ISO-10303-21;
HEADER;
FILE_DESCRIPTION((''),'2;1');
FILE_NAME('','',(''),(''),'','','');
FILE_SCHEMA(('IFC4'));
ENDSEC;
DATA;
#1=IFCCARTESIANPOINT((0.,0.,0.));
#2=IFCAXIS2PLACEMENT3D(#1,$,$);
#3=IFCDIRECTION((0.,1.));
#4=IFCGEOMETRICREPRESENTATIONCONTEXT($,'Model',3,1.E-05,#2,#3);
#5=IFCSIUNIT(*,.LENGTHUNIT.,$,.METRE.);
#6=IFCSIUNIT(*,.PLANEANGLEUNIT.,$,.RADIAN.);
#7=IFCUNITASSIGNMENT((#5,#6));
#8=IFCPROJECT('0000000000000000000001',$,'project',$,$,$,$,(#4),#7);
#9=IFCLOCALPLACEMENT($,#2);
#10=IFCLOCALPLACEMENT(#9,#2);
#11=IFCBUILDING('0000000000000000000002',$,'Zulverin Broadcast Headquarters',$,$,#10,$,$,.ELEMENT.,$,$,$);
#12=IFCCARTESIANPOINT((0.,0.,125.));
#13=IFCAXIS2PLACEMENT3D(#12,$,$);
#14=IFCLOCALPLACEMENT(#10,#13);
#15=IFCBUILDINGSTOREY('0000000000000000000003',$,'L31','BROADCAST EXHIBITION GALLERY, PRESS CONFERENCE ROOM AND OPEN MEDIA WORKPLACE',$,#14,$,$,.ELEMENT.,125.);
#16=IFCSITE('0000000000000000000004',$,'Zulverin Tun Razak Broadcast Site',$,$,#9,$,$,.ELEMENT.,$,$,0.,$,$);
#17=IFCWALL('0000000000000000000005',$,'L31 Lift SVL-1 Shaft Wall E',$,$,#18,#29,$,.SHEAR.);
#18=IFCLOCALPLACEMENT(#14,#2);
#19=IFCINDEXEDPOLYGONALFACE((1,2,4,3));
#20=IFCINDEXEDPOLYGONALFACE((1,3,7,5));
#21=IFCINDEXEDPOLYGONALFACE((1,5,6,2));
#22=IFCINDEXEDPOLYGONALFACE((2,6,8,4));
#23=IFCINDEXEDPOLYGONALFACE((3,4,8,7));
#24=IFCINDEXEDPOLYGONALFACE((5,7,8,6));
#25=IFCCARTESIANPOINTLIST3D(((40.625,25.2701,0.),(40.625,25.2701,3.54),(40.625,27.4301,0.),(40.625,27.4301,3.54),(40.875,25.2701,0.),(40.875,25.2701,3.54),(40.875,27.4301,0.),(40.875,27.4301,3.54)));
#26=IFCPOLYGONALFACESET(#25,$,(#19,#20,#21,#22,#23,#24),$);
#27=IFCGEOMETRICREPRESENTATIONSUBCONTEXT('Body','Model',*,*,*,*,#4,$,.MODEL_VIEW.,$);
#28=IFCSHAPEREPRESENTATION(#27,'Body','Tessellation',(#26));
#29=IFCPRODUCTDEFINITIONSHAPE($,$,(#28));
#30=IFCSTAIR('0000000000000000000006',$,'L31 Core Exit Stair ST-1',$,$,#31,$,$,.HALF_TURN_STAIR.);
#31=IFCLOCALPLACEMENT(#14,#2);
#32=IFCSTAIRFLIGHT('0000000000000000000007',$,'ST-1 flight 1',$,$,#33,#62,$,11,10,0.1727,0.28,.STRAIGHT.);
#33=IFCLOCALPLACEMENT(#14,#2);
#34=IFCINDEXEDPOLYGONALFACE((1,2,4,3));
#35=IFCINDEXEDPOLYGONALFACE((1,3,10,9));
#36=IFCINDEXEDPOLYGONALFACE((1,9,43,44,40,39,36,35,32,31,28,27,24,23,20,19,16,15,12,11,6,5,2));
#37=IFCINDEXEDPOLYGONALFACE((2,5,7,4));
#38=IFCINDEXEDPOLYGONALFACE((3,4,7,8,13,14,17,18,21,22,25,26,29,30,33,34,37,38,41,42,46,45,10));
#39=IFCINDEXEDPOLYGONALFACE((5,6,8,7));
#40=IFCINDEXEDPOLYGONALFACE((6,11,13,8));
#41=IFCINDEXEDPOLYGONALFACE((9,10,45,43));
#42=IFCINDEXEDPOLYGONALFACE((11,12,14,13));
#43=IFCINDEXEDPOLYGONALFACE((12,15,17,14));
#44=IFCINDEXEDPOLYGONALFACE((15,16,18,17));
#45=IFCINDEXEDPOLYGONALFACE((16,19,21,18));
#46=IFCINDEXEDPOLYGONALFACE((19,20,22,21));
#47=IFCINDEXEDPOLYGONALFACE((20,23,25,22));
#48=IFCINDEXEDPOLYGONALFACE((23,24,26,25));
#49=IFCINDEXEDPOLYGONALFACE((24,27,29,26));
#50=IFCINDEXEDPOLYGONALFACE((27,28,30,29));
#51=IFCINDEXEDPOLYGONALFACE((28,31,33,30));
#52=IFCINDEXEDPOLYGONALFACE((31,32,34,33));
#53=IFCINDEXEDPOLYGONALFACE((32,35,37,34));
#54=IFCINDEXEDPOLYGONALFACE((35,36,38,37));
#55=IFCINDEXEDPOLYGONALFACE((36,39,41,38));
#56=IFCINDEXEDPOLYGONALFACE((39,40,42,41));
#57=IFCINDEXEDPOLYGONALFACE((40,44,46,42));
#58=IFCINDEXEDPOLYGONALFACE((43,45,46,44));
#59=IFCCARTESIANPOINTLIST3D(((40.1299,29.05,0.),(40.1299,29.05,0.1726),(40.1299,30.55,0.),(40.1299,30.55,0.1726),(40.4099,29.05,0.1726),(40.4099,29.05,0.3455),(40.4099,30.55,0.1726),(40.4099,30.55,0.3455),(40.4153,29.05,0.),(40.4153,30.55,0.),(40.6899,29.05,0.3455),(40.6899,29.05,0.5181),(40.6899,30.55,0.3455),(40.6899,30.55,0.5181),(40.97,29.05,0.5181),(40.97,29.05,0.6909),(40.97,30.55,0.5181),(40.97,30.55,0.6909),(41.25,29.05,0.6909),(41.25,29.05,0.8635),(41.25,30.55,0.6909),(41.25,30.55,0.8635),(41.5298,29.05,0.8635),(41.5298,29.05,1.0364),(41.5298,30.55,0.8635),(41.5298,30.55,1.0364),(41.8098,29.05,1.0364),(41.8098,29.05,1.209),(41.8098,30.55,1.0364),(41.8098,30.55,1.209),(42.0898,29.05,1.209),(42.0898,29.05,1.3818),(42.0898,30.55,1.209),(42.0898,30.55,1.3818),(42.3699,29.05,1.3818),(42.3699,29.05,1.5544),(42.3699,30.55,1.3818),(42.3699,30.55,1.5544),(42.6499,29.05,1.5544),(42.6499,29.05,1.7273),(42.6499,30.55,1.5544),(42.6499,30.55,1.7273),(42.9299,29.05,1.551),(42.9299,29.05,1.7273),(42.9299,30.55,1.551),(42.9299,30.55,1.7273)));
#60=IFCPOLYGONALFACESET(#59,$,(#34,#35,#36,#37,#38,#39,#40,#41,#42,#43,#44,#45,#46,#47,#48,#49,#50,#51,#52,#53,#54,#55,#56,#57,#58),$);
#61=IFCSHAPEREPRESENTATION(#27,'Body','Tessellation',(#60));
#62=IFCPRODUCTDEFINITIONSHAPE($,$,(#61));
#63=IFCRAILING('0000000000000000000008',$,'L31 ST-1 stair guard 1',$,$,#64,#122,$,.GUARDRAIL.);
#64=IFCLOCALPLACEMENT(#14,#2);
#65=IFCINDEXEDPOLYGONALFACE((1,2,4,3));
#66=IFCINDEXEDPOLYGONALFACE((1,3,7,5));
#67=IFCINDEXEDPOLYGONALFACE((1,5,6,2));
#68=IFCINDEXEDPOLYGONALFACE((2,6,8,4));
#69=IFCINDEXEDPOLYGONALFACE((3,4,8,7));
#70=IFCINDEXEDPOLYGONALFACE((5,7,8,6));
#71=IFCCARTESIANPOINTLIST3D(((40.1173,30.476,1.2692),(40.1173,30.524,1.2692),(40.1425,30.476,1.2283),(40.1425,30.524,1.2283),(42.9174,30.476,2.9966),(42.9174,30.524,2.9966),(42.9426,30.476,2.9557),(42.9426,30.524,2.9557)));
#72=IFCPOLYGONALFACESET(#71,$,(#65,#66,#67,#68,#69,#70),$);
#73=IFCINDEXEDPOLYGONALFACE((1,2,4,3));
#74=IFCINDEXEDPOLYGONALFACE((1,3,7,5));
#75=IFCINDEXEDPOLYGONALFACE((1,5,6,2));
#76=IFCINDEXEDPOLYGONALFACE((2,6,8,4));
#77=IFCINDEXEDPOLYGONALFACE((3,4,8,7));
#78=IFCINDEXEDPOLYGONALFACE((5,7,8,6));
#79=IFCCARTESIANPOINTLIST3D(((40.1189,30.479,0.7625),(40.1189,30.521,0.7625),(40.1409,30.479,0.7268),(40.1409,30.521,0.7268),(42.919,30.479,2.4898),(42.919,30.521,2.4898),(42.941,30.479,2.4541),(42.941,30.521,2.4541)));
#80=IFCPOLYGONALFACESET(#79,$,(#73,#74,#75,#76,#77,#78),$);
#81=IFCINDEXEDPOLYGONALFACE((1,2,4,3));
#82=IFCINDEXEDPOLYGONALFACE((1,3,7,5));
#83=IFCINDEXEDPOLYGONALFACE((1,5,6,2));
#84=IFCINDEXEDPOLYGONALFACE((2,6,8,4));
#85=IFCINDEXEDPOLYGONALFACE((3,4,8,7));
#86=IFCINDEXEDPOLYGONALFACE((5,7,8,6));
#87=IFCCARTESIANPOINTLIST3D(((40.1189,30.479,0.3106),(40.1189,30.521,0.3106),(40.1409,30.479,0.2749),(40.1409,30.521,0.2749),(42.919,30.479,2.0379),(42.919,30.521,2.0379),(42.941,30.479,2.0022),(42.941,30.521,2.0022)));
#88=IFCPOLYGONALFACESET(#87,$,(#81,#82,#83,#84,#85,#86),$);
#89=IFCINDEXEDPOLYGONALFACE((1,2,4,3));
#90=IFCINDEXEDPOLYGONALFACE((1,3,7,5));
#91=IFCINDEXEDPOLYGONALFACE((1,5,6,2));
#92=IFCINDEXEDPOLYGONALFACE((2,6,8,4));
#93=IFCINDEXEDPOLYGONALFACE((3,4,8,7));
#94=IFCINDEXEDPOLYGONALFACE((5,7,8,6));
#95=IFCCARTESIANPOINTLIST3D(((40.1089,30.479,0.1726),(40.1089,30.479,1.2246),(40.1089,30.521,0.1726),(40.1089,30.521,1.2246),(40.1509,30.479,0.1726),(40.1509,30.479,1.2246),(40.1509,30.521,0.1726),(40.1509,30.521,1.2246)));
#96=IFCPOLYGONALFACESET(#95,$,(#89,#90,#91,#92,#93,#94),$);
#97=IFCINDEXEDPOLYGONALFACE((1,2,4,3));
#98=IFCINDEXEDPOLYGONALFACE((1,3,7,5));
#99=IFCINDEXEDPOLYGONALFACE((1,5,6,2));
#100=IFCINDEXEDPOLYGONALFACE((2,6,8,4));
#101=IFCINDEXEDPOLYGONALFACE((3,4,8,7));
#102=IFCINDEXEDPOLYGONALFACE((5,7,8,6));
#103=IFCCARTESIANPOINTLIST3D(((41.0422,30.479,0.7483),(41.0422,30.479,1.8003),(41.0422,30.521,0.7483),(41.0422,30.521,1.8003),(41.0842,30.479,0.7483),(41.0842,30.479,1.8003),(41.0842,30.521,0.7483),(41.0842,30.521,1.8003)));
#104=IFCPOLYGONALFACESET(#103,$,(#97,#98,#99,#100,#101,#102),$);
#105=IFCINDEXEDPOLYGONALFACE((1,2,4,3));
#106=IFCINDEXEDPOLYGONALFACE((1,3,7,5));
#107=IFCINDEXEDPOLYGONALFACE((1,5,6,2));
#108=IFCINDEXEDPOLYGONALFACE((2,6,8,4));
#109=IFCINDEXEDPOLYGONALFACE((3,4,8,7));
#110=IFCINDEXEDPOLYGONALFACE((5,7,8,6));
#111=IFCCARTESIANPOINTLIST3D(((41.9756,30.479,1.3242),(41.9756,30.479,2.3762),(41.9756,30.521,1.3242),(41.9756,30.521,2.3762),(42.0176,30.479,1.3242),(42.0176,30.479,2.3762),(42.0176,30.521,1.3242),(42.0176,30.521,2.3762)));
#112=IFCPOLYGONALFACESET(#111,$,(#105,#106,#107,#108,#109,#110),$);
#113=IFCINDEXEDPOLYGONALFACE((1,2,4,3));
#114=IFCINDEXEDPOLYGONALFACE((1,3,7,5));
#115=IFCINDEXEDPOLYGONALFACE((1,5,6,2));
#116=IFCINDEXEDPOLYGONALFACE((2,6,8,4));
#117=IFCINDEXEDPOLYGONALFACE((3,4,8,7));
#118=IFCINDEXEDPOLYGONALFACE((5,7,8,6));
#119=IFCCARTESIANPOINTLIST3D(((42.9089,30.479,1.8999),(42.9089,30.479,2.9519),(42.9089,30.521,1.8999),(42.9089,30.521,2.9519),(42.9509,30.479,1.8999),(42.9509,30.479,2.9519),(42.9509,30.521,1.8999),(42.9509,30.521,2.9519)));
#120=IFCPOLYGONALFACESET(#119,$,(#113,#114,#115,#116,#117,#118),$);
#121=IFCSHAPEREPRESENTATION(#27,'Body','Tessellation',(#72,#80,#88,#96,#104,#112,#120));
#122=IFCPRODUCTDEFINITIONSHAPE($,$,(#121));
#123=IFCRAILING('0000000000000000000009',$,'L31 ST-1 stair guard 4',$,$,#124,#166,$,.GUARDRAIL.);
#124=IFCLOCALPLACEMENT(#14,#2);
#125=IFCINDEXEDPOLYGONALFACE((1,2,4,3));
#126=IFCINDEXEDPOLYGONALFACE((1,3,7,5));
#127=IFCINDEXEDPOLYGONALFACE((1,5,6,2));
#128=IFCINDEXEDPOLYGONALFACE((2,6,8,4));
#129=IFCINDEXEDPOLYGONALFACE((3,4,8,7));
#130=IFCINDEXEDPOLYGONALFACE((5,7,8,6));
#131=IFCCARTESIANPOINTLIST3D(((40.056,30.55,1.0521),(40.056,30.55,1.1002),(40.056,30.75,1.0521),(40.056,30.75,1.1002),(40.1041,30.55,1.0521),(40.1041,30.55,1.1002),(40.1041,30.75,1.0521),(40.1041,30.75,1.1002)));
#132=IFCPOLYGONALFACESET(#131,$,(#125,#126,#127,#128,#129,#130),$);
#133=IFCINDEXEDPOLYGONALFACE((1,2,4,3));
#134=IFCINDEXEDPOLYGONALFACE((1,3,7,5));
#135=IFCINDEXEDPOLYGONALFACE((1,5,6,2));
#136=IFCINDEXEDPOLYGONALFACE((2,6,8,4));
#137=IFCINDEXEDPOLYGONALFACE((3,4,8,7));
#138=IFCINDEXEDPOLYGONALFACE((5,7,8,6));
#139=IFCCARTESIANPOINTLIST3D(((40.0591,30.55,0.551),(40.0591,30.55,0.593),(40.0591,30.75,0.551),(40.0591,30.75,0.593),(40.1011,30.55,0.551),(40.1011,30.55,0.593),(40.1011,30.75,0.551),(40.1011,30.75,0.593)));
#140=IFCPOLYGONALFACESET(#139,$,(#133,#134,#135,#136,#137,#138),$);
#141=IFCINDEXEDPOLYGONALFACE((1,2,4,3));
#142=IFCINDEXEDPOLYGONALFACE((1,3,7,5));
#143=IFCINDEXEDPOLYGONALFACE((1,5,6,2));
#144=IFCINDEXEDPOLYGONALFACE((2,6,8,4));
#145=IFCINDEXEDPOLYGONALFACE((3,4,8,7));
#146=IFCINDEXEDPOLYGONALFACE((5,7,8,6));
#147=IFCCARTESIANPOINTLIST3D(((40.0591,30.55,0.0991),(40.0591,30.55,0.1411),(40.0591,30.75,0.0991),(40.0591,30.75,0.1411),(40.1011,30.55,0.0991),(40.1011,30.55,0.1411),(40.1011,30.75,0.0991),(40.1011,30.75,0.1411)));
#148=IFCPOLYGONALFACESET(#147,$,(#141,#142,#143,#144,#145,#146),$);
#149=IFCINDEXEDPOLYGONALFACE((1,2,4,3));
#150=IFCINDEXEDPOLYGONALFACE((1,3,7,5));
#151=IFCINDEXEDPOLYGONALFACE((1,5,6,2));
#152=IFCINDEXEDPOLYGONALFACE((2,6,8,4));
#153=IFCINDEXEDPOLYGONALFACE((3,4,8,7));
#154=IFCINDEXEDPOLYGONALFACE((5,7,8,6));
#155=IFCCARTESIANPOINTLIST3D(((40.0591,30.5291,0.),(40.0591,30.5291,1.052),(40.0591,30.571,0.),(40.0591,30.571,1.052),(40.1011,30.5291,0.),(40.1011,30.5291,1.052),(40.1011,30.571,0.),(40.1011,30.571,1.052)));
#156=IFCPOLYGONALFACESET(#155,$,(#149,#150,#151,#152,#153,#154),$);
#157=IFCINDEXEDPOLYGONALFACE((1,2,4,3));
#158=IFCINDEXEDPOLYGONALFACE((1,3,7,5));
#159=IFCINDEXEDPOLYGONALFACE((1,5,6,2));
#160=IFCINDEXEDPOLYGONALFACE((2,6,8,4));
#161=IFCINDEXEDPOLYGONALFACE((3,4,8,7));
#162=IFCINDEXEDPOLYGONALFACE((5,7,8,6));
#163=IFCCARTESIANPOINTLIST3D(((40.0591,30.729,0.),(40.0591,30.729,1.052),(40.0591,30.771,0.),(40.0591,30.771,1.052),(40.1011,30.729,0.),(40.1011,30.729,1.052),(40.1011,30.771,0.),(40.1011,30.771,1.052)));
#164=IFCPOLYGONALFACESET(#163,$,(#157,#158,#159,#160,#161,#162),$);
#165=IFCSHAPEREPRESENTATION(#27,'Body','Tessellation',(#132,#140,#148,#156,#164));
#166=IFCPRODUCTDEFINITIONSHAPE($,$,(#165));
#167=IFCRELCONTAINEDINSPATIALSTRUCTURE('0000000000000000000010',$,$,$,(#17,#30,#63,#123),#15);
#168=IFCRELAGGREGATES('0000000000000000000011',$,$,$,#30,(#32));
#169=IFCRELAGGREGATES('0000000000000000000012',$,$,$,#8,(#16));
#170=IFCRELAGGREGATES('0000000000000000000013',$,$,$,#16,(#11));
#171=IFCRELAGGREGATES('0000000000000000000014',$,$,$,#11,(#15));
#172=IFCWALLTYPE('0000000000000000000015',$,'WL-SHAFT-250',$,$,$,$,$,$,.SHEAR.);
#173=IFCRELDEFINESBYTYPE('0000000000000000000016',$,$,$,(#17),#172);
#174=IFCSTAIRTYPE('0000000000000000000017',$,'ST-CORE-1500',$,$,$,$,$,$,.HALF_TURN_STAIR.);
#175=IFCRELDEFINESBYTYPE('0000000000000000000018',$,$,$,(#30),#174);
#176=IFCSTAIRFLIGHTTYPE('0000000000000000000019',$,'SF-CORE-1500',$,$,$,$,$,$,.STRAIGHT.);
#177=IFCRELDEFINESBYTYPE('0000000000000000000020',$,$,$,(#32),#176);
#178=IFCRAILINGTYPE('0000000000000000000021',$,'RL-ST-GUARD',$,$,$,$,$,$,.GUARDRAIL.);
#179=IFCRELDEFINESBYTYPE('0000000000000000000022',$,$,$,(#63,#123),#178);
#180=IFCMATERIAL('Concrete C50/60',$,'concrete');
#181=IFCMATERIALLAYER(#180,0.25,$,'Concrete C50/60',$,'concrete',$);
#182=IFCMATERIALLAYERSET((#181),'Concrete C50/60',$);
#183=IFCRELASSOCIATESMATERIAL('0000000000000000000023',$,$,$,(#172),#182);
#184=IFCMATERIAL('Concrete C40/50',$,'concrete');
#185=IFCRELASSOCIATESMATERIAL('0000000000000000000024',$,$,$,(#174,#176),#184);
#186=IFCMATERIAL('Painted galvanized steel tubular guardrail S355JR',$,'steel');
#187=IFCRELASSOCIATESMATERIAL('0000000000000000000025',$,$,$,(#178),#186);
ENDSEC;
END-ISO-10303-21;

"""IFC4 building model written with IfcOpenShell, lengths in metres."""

from ifc_helpers import new_model, si_unit, direction, frame, frame_2d, origin, origin_2d, place, context, subcontext, project, spatial, polyline, rectangle, outline, extrude, material, layer, layer_set, type_object, element, aggregate, save


model = new_model("IFC4")

# Units and contexts
model_context = context("Model", 3, precision=1e-05, world=origin(), true_north=direction((0.0, 1.0)))
body_context = subcontext(model_context, "Body", "Model", "MODEL_VIEW")
ifc_project = project(units=[si_unit("LENGTHUNIT", "METRE"), si_unit("PLANEANGLEUNIT", "RADIAN")], contexts=[model_context])

# Site, building, storey
site_placement = place(None, origin())
site = spatial("IfcSite", under=ifc_project, at=site_placement, Name="Zulverin Tun Razak Broadcast Site", CompositionType="ELEMENT", RefElevation=0.0)
building_placement = place(site_placement, origin())
building = spatial("IfcBuilding", under=site, at=building_placement, Name="Zulverin Broadcast Headquarters", CompositionType="ELEMENT")
storey_placement = place(building_placement, frame((0.0, 0.0, 125.0)))
storey = spatial("IfcBuildingStorey", under=building, at=storey_placement, Name="L31", Description="BROADCAST EXHIBITION GALLERY, PRESS CONFERENCE ROOM AND OPEN MEDIA WORKPLACE", CompositionType="ELEMENT", Elevation=125.0)

# Shared definitions
ifc_material_1 = material(Name="Concrete C50/60", Category="concrete")

# Shared definitions
ifc_material_2 = material(Name="Concrete C40/50", Category="concrete")
ifc_layer_1 = layer(ifc_material_1, 0.25, Name="Concrete C50/60", Category="concrete")
ifc_layer_set_1 = layer_set([ifc_layer_1], Name="Concrete C50/60")
wall_type_1 = type_object("IfcWallType", Name="WL-SHAFT-250", PredefinedType="SHEAR", material=ifc_layer_set_1)

# Wall
wall_1_placement = place(storey_placement, frame((40.75, 25.27, 0.0), z_axis=(0.0, 0.0, 1.0), x_axis=(0.0, 1.0, 0.0)))
element("IfcWall", 1, at=wall_1_placement, inside=storey, type_object=wall_type_1, Name="L31 Lift SVL-1 Shaft Wall E", PredefinedType="SHEAR", context=body_context, shape_type="SweptSolid", body=[
    extrude(rectangle(XDim=2.1599, YDim=0.25, at=frame_2d((1.0801, 0.0))), origin(), (0.0, 0.0, 1.0), 3.54),
])

# Stair, stair flight
stair_type = type_object("IfcStairType", Name="ST-CORE-1500", PredefinedType="HALF_TURN_STAIR", material=ifc_material_2)
stair_placement = place(storey_placement, origin())
stair = element("IfcStair", 2, at=stair_placement, inside=storey, type_object=stair_type, Name="L31 Core Exit Stair ST-1", PredefinedType="HALF_TURN_STAIR")
stair_flight_type = type_object("IfcStairFlightType", Name="SF-CORE-1500", PredefinedType="STRAIGHT", material=ifc_material_2)
stair_flight_placement = place(storey_placement, frame((40.1299, 29.8, 0.0), z_axis=(0.0, 0.0, 1.0), x_axis=(1.0, 0.0, 0.0)))
stair_flight = element("IfcStairFlight", 3, at=stair_flight_placement, type_object=stair_flight_type, Name="ST-1 flight 1", NumberOfRisers=11, NumberOfTreads=10, PredefinedType="STRAIGHT", RiserHeight=0.1727, TreadLength=0.28, context=body_context, shape_type="SweptSolid", body=[
    extrude(outline(polyline([(0.0, 0.0), (0.0, 0.1726), (0.28, 0.1726), (0.28, 0.3455), (0.5601, 0.3455), (0.5601, 0.5181), (0.8401, 0.5181), (0.8401, 0.6909), (1.1201, 0.6909), (1.1201, 0.8635), (1.3999, 0.8635), (1.3999, 1.0364), (1.6799, 1.0364), (1.6799, 1.209), (1.96, 1.209), (1.96, 1.3818), (2.24, 1.3818), (2.24, 1.5544), (2.52, 1.5544), (2.52, 1.7273), (2.8, 1.7273), (2.8, 1.8999), (2.8, 1.551), (0.2854, 0.0), (0.0, 0.0)])), frame((0.0, 0.75, 0.0), z_axis=(0.0, -1.0, 0.0), x_axis=(1.0, 0.0, 0.0)), (0.0, 0.0, 1.0), 1.5),
])
aggregate(stair, [stair_flight])

# Railings
ifc_material_3 = material(Name="Painted galvanized steel tubular guardrail S355JR", Category="steel")
railing_type_1 = type_object("IfcRailingType", Name="RL-ST-GUARD", PredefinedType="GUARDRAIL", material=ifc_material_3)
railing_1_placement = place(storey_placement, frame((40.1299, 30.5, 0.1726)))
element("IfcRailing", 4, at=railing_1_placement, inside=storey, type_object=railing_type_1, Name="L31 ST-1 stair guard 1", PredefinedType="GUARDRAIL", context=body_context, shape_type="SweptSolid", body=[
    extrude(rectangle(XDim=0.0481, YDim=0.0481, at=origin_2d()), frame((0.0, 0.0, 1.0762), z_axis=(0.85109, 0.0, 0.52502), x_axis=(0.0, 1.0, 0.0)), (0.0, 0.0, 1.0), 3.29),
    extrude(rectangle(XDim=0.042, YDim=0.042, at=origin_2d()), frame((0.0, 0.0, 0.572), z_axis=(0.85109, 0.0, 0.52502), x_axis=(0.0, 1.0, 0.0)), (0.0, 0.0, 1.0), 3.29),
    extrude(rectangle(XDim=0.042, YDim=0.042, at=origin_2d()), frame((0.0, 0.0, 0.1201), z_axis=(0.85109, 0.0, 0.52502), x_axis=(0.0, 1.0, 0.0)), (0.0, 0.0, 1.0), 3.29),
    extrude(rectangle(XDim=0.042, YDim=0.042, at=origin_2d()), origin(), (0.0, 0.0, 1.0), 1.052),
    extrude(rectangle(XDim=0.042, YDim=0.042, at=origin_2d()), frame((0.9333, 0.0, 0.5757)), (0.0, 0.0, 1.0), 1.052),
    extrude(rectangle(XDim=0.042, YDim=0.042, at=origin_2d()), frame((1.8667, 0.0, 1.1516)), (0.0, 0.0, 1.0), 1.052),
    extrude(rectangle(XDim=0.042, YDim=0.042, at=origin_2d()), frame((2.8, 0.0, 1.7273)), (0.0, 0.0, 1.0), 1.052),
])
railing_2_placement = place(storey_placement, frame((40.0801, 30.55, 0.0)))
element("IfcRailing", 5, at=railing_2_placement, inside=storey, type_object=railing_type_1, Name="L31 ST-1 stair guard 4", PredefinedType="GUARDRAIL", context=body_context, shape_type="SweptSolid", body=[
    extrude(rectangle(XDim=0.0481, YDim=0.0481, at=origin_2d()), frame((0.0, 0.0, 1.0762), z_axis=(0.0, 1.0, 0.0), x_axis=(-1.0, 0.0, 0.0)), (0.0, 0.0, 1.0), 0.2),
    extrude(rectangle(XDim=0.042, YDim=0.042, at=origin_2d()), frame((0.0, 0.0, 0.572), z_axis=(0.0, 1.0, 0.0), x_axis=(-1.0, 0.0, 0.0)), (0.0, 0.0, 1.0), 0.2),
    extrude(rectangle(XDim=0.042, YDim=0.042, at=origin_2d()), frame((0.0, 0.0, 0.1201), z_axis=(0.0, 1.0, 0.0), x_axis=(-1.0, 0.0, 0.0)), (0.0, 0.0, 1.0), 0.2),
    extrude(rectangle(XDim=0.042, YDim=0.042, at=origin_2d()), origin(), (0.0, 0.0, 1.0), 1.052),
    extrude(rectangle(XDim=0.042, YDim=0.042, at=origin_2d()), frame((0.0, 0.2, 0.0)), (0.0, 0.0, 1.0), 1.052),
])

save(model, "model.ifc")
